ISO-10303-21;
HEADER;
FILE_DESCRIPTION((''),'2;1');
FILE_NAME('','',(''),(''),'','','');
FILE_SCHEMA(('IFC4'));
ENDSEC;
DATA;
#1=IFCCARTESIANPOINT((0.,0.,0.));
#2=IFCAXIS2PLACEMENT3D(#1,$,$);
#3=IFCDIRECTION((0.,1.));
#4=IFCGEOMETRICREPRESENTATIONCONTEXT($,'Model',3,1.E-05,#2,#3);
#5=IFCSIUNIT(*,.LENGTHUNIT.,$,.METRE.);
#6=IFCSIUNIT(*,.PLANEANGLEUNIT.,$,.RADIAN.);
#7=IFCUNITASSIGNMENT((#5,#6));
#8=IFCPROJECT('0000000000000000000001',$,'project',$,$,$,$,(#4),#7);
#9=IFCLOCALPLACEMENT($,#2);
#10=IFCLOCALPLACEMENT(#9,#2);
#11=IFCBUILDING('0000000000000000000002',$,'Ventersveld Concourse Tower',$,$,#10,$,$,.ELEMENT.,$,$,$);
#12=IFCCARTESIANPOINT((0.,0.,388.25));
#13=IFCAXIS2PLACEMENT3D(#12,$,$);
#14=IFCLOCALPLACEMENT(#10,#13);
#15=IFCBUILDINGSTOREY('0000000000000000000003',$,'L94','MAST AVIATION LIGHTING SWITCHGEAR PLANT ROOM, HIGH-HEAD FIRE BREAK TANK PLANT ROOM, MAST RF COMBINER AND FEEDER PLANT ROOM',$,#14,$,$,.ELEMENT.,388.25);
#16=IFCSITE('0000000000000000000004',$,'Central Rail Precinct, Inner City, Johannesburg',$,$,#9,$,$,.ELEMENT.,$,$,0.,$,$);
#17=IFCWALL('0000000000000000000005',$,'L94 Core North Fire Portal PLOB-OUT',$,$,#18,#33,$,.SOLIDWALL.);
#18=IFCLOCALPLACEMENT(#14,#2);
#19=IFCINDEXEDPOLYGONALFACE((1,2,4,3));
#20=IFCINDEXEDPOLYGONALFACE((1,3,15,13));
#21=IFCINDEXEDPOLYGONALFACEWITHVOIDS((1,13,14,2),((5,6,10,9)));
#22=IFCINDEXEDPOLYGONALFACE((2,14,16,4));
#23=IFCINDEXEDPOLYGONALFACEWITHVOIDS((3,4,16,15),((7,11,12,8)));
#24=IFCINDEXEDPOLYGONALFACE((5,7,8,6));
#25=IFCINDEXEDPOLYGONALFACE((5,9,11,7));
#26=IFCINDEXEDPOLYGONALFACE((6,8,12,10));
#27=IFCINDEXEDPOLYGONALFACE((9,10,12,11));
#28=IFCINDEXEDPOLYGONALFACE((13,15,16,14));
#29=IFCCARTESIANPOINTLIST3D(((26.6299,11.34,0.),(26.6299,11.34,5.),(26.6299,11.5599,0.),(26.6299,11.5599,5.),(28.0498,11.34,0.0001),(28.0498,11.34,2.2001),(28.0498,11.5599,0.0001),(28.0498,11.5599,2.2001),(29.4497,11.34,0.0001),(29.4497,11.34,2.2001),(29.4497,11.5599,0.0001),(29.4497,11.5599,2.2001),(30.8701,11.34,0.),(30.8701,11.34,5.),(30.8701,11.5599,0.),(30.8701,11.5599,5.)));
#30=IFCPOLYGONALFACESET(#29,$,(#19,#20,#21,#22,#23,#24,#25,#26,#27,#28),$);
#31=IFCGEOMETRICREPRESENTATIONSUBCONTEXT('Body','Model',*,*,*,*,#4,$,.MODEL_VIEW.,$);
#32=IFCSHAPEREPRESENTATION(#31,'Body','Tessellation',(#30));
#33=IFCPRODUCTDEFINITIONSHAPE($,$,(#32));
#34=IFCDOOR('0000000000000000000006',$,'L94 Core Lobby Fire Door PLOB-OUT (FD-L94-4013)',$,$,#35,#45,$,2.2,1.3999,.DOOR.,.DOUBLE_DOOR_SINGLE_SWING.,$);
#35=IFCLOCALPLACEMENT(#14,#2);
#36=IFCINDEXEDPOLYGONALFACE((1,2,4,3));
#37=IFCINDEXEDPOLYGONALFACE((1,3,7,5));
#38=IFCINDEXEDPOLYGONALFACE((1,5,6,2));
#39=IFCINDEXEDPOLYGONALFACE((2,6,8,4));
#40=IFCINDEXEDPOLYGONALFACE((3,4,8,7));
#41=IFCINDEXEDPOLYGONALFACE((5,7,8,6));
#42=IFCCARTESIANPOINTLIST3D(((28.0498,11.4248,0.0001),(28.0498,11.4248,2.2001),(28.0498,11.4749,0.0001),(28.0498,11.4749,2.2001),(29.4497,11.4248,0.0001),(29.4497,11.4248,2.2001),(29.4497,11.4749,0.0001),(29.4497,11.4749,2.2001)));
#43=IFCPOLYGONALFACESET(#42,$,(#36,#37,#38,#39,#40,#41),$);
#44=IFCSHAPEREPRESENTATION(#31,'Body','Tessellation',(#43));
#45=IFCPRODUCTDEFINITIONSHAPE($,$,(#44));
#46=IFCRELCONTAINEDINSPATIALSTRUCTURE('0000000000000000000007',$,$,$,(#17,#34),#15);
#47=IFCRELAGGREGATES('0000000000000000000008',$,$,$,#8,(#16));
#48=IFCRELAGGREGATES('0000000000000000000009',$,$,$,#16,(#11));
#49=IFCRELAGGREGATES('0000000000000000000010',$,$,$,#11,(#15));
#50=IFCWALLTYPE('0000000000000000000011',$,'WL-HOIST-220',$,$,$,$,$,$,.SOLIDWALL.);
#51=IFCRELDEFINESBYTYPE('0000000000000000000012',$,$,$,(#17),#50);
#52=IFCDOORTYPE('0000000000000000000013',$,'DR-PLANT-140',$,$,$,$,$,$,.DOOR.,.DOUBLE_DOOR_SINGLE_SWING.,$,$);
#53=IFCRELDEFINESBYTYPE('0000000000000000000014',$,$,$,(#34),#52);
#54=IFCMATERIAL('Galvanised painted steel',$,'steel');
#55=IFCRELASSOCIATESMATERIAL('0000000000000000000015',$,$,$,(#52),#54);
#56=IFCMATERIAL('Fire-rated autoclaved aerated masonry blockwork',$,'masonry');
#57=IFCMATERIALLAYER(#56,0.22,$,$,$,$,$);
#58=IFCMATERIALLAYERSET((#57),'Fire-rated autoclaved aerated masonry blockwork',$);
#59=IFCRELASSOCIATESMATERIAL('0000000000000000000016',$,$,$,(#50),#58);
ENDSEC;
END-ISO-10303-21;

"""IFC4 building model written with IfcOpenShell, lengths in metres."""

from ifc_helpers import new_model, si_unit, direction, frame, frame_2d, origin, place, context, subcontext, project, spatial, rectangle, extrude, material, layer, layer_set, type_object, element, fill, save


model = new_model("IFC4")

# Units and contexts
model_context = context("Model", 3, precision=1e-05, world=origin(), true_north=direction((0.0, 1.0)))
body_context = subcontext(model_context, "Body", "Model", "MODEL_VIEW")
ifc_project = project(units=[si_unit("LENGTHUNIT", "METRE"), si_unit("PLANEANGLEUNIT", "RADIAN")], contexts=[model_context])

# Site, building, storey
site_placement = place(None, origin())
site = spatial("IfcSite", under=ifc_project, at=site_placement, Name="Central Rail Precinct, Inner City, Johannesburg", CompositionType="ELEMENT", RefElevation=0.0)
building_placement = place(site_placement, origin())
building = spatial("IfcBuilding", under=site, at=building_placement, Name="Ventersveld Concourse Tower", CompositionType="ELEMENT")
storey_placement = place(building_placement, frame((0.0, 0.0, 388.25)))
storey = spatial("IfcBuildingStorey", under=building, at=storey_placement, Name="L94", Description="MAST AVIATION LIGHTING SWITCHGEAR PLANT ROOM, HIGH-HEAD FIRE BREAK TANK PLANT ROOM, MAST RF COMBINER AND FEEDER PLANT ROOM", CompositionType="ELEMENT", Elevation=388.25)

# Shared definitions
ifc_material_1 = material(Name="Fire-rated autoclaved aerated masonry blockwork", Category="masonry")
ifc_material_2 = material(Name="Galvanised painted steel", Category="steel")
door_type = type_object("IfcDoorType", Name="DR-PLANT-140", OperationType="DOUBLE_DOOR_SINGLE_SWING", PredefinedType="DOOR", material=ifc_material_2)

# Wall, opening, door
ifc_layer_1 = layer(ifc_material_1, 0.22)
ifc_layer_set_1 = layer_set([ifc_layer_1], Name="Fire-rated autoclaved aerated masonry blockwork")
wall_type_1 = type_object("IfcWallType", Name="WL-HOIST-220", PredefinedType="SOLIDWALL", material=ifc_layer_set_1)
wall_1_placement = place(storey_placement, frame((26.6299, 11.45, 0.0), z_axis=(0.0, 0.0, 1.0), x_axis=(1.0, 0.0, 0.0)))
wall_1 = element("IfcWall", 1, at=wall_1_placement, inside=storey, type_object=wall_type_1, Name="L94 Core North Fire Portal PLOB-OUT", PredefinedType="SOLIDWALL", context=body_context, shape_type="SweptSolid", body=[
    extrude(rectangle(XDim=4.2402, YDim=0.22, at=frame_2d((2.1201, 0.0))), origin(), (0.0, 0.0, 1.0), 5.0),
])
opening_1_placement = place(wall_1_placement, frame((1.4199, 0.0, 0.0)))
opening_1 = element("IfcOpeningElement", 2, at=opening_1_placement, cuts=wall_1, PredefinedType="OPENING", context=body_context, shape_type="SweptSolid", body=[
    extrude(rectangle(XDim=1.3999, YDim=2.2, at=frame_2d((0.7, 1.1001))), frame((0.0, 0.1201, 0.0), z_axis=(0.0, -1.0, 0.0), x_axis=(1.0, 0.0, 0.0)), (0.0, 0.0, 1.0), 0.24),
])
door_1_placement = place(opening_1_placement, origin())
door_1 = element("IfcDoor", 3, at=door_1_placement, inside=storey, type_object=door_type, Name="L94 Core Lobby Fire Door PLOB-OUT (FD-L94-4013)", OperationType="DOUBLE_DOOR_SINGLE_SWING", OverallHeight=2.2, OverallWidth=1.3999, PredefinedType="DOOR", context=body_context, shape_type="SweptSolid", body=[
    extrude(rectangle(XDim=1.3999, YDim=2.2, at=frame_2d((0.7, 1.1001))), frame((0.0, 0.0249, 0.0), z_axis=(0.0, -1.0, 0.0), x_axis=(1.0, 0.0, 0.0)), (0.0, 0.0, 1.0), 0.05),
])
fill(opening_1, door_1)

save(model, "model.ifc")
